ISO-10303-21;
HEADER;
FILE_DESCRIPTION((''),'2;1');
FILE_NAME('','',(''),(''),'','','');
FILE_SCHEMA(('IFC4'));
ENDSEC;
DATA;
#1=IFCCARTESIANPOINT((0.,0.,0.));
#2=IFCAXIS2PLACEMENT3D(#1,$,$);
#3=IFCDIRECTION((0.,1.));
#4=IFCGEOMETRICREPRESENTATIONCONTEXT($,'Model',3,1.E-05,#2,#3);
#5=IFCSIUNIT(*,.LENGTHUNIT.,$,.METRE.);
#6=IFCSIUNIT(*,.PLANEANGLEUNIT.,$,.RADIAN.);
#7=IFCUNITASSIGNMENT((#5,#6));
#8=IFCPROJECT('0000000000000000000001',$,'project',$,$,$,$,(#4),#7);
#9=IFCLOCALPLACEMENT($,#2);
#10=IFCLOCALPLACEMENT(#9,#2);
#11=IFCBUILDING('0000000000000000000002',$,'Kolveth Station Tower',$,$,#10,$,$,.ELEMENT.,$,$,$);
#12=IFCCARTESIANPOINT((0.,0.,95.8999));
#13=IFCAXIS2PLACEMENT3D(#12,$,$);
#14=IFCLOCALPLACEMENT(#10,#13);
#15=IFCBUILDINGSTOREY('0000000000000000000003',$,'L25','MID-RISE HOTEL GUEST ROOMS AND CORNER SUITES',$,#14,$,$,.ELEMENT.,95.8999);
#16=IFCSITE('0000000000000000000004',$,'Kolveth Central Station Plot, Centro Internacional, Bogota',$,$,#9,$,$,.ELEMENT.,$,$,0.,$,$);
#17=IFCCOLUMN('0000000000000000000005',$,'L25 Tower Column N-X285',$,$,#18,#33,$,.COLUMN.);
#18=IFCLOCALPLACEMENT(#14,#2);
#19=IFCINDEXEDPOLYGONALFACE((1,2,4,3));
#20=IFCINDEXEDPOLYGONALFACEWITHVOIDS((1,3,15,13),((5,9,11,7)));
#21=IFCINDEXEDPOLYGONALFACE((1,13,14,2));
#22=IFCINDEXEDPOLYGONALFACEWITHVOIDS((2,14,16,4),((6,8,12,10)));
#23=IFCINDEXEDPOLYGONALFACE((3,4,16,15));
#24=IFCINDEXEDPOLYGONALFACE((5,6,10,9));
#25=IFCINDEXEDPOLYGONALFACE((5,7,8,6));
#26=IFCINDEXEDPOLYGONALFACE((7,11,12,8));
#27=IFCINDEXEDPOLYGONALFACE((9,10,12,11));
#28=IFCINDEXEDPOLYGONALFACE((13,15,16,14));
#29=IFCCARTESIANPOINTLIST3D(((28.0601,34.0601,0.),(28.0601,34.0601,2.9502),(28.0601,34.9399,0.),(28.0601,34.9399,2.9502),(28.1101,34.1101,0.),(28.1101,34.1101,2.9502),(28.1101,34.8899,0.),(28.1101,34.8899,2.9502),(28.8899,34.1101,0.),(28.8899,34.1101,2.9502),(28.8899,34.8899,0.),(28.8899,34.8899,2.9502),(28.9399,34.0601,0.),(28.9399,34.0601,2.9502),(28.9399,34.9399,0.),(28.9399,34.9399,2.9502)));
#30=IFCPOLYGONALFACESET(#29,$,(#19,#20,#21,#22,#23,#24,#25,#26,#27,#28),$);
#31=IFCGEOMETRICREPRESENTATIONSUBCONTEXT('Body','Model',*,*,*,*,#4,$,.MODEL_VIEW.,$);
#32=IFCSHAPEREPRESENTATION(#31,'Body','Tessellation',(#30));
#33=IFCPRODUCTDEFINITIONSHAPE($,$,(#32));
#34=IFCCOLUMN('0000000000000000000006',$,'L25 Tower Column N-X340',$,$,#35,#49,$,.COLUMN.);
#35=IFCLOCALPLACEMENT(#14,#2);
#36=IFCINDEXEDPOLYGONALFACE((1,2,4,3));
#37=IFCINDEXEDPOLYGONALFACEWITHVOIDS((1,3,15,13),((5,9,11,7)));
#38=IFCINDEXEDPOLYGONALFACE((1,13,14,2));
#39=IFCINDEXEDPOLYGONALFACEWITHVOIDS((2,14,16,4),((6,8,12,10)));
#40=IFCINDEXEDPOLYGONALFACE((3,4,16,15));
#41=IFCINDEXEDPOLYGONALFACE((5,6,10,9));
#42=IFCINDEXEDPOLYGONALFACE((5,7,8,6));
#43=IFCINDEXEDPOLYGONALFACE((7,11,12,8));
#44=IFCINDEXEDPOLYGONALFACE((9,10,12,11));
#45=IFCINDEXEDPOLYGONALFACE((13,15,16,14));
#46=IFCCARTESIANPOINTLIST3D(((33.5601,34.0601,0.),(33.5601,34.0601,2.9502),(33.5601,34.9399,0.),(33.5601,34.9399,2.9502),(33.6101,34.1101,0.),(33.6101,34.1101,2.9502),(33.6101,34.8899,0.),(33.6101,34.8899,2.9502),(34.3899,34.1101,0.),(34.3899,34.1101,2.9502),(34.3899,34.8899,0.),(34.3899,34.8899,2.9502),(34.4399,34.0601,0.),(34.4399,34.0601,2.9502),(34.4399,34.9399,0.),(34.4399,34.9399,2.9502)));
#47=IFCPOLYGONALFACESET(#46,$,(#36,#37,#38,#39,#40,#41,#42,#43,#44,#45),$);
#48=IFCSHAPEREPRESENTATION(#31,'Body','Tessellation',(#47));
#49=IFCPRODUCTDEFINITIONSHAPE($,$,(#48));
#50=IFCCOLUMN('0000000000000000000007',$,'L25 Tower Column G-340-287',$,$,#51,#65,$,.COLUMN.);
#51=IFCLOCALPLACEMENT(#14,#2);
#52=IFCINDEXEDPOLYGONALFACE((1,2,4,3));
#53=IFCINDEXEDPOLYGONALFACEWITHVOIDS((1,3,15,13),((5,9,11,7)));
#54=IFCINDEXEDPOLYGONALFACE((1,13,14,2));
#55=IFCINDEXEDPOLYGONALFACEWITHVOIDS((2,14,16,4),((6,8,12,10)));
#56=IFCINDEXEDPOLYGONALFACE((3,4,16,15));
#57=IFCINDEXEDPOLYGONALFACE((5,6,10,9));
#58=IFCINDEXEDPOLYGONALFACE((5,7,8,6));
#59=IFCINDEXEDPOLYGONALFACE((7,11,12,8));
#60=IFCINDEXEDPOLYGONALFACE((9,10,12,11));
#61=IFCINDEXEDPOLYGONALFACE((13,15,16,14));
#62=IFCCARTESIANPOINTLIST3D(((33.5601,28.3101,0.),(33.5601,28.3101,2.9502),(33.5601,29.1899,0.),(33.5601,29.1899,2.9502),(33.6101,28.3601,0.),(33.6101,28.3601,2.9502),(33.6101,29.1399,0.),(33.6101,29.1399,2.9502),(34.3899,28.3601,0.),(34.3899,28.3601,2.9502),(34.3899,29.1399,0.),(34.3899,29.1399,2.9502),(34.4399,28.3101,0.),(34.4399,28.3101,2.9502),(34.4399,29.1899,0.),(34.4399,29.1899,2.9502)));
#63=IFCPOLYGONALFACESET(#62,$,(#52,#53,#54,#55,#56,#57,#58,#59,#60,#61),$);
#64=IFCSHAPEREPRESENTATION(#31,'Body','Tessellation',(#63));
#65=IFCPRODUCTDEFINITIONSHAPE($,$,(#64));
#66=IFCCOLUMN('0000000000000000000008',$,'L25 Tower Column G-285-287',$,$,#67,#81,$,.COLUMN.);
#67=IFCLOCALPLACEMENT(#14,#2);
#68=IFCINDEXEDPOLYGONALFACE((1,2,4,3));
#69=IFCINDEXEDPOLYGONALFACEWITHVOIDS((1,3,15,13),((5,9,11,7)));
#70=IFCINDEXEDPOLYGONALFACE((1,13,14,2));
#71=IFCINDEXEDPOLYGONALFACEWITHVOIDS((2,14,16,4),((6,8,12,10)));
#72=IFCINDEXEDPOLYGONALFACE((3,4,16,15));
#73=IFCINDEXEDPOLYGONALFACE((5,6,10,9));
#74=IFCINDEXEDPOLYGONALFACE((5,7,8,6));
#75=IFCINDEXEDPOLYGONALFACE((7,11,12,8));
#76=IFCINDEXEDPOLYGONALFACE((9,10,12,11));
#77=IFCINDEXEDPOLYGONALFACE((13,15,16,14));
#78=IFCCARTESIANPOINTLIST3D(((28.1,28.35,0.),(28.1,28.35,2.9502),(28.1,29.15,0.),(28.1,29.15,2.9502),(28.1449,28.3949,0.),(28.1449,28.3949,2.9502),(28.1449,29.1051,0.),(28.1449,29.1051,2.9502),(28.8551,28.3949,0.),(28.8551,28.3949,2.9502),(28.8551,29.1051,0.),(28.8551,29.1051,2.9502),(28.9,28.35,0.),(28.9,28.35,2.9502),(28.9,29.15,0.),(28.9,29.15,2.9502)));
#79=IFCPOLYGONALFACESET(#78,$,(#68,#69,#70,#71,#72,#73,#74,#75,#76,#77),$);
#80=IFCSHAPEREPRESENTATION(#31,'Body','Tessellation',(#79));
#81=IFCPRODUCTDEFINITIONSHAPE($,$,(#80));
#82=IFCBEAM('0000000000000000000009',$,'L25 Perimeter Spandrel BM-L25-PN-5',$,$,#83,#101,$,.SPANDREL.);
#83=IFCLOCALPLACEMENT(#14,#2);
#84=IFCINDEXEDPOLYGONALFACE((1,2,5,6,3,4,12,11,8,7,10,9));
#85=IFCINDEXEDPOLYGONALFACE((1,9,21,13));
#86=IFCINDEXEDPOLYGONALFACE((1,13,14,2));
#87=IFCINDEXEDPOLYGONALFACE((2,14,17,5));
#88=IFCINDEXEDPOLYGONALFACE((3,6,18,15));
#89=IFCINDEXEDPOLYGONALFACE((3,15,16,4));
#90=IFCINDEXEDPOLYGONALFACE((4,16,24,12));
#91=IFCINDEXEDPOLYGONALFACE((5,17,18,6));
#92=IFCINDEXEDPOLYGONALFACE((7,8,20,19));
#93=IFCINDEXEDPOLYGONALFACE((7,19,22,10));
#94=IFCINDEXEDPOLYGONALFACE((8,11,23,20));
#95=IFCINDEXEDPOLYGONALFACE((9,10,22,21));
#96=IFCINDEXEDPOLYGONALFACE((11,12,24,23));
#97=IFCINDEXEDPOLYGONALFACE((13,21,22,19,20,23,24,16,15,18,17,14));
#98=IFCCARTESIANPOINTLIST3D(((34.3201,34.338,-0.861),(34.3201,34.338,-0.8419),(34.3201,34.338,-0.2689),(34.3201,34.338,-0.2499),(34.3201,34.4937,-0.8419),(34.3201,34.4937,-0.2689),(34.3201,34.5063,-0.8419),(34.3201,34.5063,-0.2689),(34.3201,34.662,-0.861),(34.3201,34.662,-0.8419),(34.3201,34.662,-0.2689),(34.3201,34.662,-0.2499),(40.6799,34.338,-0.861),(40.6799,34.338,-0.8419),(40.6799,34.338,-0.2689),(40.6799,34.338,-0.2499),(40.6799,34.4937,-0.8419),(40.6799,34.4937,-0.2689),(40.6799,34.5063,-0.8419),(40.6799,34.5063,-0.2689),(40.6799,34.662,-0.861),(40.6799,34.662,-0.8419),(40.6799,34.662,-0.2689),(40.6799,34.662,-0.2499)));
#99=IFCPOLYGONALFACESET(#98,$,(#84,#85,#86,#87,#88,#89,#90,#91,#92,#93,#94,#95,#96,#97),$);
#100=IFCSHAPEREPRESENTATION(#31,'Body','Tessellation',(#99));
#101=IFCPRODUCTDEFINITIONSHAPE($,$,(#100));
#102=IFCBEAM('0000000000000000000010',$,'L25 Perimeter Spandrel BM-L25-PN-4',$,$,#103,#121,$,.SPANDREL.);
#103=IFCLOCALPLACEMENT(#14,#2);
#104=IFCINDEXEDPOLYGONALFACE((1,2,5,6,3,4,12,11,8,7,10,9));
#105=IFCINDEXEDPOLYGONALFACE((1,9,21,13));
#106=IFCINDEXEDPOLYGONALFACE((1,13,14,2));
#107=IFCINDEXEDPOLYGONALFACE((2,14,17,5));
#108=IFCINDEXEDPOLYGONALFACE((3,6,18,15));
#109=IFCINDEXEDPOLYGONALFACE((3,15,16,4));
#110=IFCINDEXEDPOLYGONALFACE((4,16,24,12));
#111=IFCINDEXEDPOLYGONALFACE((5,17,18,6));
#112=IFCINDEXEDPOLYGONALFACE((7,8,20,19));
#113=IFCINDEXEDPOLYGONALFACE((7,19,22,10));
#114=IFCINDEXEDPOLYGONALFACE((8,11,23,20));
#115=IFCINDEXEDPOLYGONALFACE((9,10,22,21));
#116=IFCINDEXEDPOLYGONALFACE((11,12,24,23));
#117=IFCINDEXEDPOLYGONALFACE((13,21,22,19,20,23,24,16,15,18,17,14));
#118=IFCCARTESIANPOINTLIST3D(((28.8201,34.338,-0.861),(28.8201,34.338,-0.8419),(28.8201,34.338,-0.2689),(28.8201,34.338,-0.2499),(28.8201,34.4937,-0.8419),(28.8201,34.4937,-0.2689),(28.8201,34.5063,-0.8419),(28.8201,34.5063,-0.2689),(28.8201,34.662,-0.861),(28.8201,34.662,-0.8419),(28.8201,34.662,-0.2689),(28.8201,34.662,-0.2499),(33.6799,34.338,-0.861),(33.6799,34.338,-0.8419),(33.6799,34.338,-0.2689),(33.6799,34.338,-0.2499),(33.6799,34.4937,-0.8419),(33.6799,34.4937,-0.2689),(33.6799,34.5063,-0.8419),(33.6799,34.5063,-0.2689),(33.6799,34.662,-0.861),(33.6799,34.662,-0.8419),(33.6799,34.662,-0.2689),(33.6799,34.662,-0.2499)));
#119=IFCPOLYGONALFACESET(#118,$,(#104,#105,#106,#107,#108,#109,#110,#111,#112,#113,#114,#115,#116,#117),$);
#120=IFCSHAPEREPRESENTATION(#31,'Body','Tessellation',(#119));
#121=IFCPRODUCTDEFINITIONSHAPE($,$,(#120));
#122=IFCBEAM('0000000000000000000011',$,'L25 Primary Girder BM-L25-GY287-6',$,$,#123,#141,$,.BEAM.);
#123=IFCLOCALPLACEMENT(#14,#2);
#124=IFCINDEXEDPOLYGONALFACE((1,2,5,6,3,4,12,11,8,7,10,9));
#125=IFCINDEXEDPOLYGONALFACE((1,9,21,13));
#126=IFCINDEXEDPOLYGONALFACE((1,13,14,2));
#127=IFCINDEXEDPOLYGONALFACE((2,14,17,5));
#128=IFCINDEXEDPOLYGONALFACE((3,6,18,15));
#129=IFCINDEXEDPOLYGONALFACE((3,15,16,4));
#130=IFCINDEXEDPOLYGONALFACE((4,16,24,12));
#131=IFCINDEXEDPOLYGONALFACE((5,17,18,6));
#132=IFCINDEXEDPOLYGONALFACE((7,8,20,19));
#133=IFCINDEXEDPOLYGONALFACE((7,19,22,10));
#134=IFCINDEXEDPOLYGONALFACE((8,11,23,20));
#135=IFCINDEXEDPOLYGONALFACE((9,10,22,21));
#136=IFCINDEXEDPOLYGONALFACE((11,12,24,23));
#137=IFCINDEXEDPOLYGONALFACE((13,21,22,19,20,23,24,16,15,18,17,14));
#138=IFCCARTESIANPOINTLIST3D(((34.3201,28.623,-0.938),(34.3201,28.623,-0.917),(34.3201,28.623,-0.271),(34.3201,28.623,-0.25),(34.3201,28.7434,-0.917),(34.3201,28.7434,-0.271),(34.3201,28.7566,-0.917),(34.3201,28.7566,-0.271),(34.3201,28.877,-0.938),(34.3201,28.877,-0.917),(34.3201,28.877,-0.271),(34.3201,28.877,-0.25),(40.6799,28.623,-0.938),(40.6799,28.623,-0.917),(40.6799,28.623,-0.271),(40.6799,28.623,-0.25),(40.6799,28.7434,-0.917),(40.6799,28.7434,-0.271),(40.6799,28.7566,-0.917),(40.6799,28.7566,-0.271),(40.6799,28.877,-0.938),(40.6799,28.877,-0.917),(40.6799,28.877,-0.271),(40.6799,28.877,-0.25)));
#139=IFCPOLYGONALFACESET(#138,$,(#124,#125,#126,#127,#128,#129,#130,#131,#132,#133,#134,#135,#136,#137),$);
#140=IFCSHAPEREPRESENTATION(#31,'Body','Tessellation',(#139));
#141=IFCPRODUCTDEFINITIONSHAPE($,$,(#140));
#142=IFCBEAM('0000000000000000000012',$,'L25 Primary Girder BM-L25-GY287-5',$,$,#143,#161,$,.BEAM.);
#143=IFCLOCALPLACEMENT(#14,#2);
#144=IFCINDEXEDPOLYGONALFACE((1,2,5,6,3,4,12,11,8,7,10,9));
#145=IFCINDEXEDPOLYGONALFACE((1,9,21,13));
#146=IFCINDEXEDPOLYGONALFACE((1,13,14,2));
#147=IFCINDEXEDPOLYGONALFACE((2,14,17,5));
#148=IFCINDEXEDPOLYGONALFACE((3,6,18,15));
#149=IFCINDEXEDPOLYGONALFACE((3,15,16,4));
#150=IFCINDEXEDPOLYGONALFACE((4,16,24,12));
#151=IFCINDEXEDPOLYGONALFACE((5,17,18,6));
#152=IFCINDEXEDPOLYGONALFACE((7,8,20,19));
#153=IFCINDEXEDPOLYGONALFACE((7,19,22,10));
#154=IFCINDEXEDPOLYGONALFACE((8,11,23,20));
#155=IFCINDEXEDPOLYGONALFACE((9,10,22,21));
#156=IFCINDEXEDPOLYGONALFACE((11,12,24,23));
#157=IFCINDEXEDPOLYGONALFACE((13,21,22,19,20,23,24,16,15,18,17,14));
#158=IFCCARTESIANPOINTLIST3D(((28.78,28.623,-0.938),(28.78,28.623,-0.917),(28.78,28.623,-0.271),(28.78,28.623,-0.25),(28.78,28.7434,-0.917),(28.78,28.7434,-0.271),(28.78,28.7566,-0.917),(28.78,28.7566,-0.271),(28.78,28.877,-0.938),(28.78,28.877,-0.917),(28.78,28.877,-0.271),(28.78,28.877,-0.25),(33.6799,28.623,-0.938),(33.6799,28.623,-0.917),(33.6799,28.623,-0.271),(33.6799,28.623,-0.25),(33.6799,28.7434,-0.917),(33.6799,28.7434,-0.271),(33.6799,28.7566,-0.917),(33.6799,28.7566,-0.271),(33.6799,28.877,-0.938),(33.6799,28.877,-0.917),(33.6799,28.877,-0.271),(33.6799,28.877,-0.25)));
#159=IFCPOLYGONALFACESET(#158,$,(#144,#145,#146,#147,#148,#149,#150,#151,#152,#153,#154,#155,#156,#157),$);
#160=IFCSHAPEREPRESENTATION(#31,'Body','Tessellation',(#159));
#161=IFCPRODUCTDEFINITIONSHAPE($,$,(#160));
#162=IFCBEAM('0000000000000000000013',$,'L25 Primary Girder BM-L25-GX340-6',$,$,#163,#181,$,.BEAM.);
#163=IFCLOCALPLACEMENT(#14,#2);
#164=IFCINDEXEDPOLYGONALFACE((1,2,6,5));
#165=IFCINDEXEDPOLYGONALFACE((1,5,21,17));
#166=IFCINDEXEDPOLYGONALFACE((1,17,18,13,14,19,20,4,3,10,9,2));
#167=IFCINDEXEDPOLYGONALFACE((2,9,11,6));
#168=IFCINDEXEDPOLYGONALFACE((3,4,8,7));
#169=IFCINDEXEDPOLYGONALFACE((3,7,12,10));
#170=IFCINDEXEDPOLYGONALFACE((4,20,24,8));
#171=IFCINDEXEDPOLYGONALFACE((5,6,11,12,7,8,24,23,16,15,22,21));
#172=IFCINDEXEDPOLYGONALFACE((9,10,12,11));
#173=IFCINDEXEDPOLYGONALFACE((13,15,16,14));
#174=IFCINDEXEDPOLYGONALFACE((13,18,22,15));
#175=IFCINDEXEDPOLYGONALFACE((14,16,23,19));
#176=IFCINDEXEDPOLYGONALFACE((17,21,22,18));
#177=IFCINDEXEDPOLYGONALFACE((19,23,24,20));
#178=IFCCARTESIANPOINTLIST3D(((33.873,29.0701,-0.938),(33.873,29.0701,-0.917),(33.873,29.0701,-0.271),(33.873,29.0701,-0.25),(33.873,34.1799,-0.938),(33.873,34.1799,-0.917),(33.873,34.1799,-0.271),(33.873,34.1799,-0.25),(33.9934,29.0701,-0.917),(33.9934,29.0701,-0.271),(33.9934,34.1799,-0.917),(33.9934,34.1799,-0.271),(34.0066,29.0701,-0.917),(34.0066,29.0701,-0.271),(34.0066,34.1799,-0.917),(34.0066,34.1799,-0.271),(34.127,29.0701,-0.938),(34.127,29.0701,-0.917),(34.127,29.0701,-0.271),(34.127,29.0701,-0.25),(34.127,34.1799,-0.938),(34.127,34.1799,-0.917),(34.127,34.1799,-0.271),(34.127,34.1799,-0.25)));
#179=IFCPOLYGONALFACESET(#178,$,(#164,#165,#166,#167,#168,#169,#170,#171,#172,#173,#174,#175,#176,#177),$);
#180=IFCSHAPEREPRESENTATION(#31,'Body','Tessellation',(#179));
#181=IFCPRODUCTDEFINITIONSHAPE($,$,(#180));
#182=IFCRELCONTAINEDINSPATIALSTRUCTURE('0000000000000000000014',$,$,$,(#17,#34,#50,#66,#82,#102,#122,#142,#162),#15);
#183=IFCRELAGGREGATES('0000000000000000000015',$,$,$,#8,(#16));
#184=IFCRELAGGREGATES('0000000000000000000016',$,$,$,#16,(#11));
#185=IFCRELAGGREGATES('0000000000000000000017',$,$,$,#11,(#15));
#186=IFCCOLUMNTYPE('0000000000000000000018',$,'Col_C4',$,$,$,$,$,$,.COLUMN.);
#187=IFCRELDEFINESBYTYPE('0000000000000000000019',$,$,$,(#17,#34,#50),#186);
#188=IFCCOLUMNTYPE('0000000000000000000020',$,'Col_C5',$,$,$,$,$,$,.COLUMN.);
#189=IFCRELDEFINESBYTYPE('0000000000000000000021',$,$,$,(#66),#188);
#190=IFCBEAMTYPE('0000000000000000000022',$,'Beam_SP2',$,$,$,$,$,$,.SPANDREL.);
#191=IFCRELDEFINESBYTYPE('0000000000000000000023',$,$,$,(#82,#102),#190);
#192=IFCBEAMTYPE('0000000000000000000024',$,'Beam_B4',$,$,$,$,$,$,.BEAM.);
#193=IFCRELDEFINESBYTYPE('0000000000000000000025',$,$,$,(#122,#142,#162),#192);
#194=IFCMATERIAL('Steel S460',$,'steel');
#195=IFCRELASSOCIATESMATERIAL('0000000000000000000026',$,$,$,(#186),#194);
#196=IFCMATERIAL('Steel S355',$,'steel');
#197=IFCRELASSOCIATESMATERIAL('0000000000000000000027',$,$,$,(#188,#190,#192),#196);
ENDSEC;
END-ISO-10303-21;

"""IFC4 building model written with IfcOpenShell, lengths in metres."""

from ifc_helpers import new_model, si_unit, direction, frame, origin, origin_2d, place, context, subcontext, project, spatial, hollow_rectangle, i_section, extrude, source, transform, mapped, material, material_profile, profile_set, type_object, element, save


model = new_model("IFC4")

# Units and contexts
model_context = context("Model", 3, precision=1e-05, world=origin(), true_north=direction((0.0, 1.0)))
body_context = subcontext(model_context, "Body", "Model", "MODEL_VIEW")
ifc_project = project(units=[si_unit("LENGTHUNIT", "METRE"), si_unit("PLANEANGLEUNIT", "RADIAN")], contexts=[model_context])

# Site, building, storey
site_placement = place(None, origin())
site = spatial("IfcSite", under=ifc_project, at=site_placement, Name="Kolveth Central Station Plot, Centro Internacional, Bogota", CompositionType="ELEMENT", RefElevation=0.0)
building_placement = place(site_placement, origin())
building = spatial("IfcBuilding", under=site, at=building_placement, Name="Kolveth Station Tower", CompositionType="ELEMENT")
storey_placement = place(building_placement, frame((0.0, 0.0, 95.8999)))
storey = spatial("IfcBuildingStorey", under=building, at=storey_placement, Name="L25", Description="MID-RISE HOTEL GUEST ROOMS AND CORNER SUITES", CompositionType="ELEMENT", Elevation=95.8999)

# Columns
ifc_material_1 = material(Name="Steel S460", Category="steel")
ifc_material_profile_1 = material_profile(ifc_material_1, hollow_rectangle(XDim=0.8799, YDim=0.8799, WallThickness=0.05, at=origin_2d()), Name="BOX880x880x50")
ifc_profile_set_1 = profile_set([ifc_material_profile_1], Name="Steel S460")
column_type_1 = type_object("IfcColumnType", Name="Col_C4", PredefinedType="COLUMN", material=ifc_profile_set_1)
shared_shape_1 = source(origin(), body_context, "Body", "SweptSolid", [
    extrude(hollow_rectangle(XDim=0.8799, YDim=0.8799, WallThickness=0.05, at=origin_2d()), origin(), (0.0, 0.0, 1.0), 2.9502),
])
for number, where, z_axis, x_axis, name in (
    (1, (28.5, 34.5, 0.0), (0.0, 0.0, 1.0), (1.0, 0.0, 0.0), "L25 Tower Column N-X285"),
    (2, (34.0, 34.5, 0.0), (0.0, 0.0, 1.0), (1.0, 0.0, 0.0), "L25 Tower Column N-X340"),
    (3, (34.0, 28.75, 0.0), (0.0, 0.0, 1.0), (1.0, 0.0, 0.0), "L25 Tower Column G-340-287"),
):
    element("IfcColumn", number, at=place(storey_placement, frame(where, z_axis=z_axis, x_axis=x_axis)), inside=storey, type_object=column_type_1, Name=name, PredefinedType="COLUMN", context=body_context, shape_type="MappedRepresentation", body=[
        mapped(shared_shape_1, transform((0.0, 0.0, 0.0), x_axis=(1.0, 0.0, 0.0), y_axis=(0.0, 1.0, 0.0), z_axis=(0.0, 0.0, 1.0), scale=1.0)),
    ])
ifc_material_2 = material(Name="Steel S355", Category="steel")
ifc_material_profile_2 = material_profile(ifc_material_2, hollow_rectangle(XDim=0.8, YDim=0.8, WallThickness=0.0449, at=origin_2d()), Name="BOX800x800x45")
ifc_profile_set_2 = profile_set([ifc_material_profile_2], Name="Steel S355")
column_type_2 = type_object("IfcColumnType", Name="Col_C5", PredefinedType="COLUMN", material=ifc_profile_set_2)
shared_shape_2 = source(origin(), body_context, "Body", "SweptSolid", [
    extrude(hollow_rectangle(XDim=0.8, YDim=0.8, WallThickness=0.0449, at=origin_2d()), origin(), (0.0, 0.0, 1.0), 2.9502),
])
column_placement = place(storey_placement, frame((28.5, 28.75, 0.0), z_axis=(0.0, 0.0, 1.0), x_axis=(1.0, 0.0, 0.0)))
element("IfcColumn", 4, at=column_placement, inside=storey, type_object=column_type_2, Name="L25 Tower Column G-285-287", PredefinedType="COLUMN", context=body_context, shape_type="MappedRepresentation", body=[
    mapped(shared_shape_2, transform((0.0, 0.0, 0.0), x_axis=(1.0, 0.0, 0.0), y_axis=(0.0, 1.0, 0.0), z_axis=(0.0, 0.0, 1.0), scale=1.0)),
])

# Beams
ifc_material_profile_3 = material_profile(ifc_material_2, i_section(OverallWidth=0.324, OverallDepth=0.6111, WebThickness=0.0127, FlangeThickness=0.019, at=origin_2d()), Name="W610x155")
ifc_profile_set_3 = profile_set([ifc_material_profile_3], Name="Steel S355")
beam_type_1 = type_object("IfcBeamType", Name="Beam_SP2", PredefinedType="SPANDREL", material=ifc_profile_set_3)
shared_shape_3 = source(origin(), body_context, "Body", "SweptSolid", [
    extrude(i_section(OverallWidth=0.324, OverallDepth=0.6111, WebThickness=0.0127, FlangeThickness=0.019, at=origin_2d()), origin(), (0.0, 0.0, 1.0), 6.3599),
])
beam_1_placement = place(storey_placement, frame((34.3201, 34.5, -0.5554), z_axis=(1.0, 0.0, 0.0), x_axis=(0.0, 1.0, 0.0)))
element("IfcBeam", 5, at=beam_1_placement, inside=storey, type_object=beam_type_1, Name="L25 Perimeter Spandrel BM-L25-PN-5", PredefinedType="SPANDREL", context=body_context, shape_type="MappedRepresentation", body=[
    mapped(shared_shape_3, transform((0.0, 0.0, 0.0), x_axis=(1.0, 0.0, 0.0), y_axis=(0.0, 1.0, 0.0), z_axis=(0.0, 0.0, 1.0), scale=1.0)),
])
shared_shape_4 = source(origin(), body_context, "Body", "SweptSolid", [
    extrude(i_section(OverallWidth=0.324, OverallDepth=0.6111, WebThickness=0.0127, FlangeThickness=0.019, at=origin_2d()), origin(), (0.0, 0.0, 1.0), 4.8599),
])
beam_2_placement = place(storey_placement, frame((28.8201, 34.5, -0.5554), z_axis=(1.0, 0.0, 0.0), x_axis=(0.0, 1.0, 0.0)))
element("IfcBeam", 6, at=beam_2_placement, inside=storey, type_object=beam_type_1, Name="L25 Perimeter Spandrel BM-L25-PN-4", PredefinedType="SPANDREL", context=body_context, shape_type="MappedRepresentation", body=[
    mapped(shared_shape_4, transform((0.0, 0.0, 0.0), x_axis=(1.0, 0.0, 0.0), y_axis=(0.0, 1.0, 0.0), z_axis=(0.0, 0.0, 1.0), scale=1.0)),
])
ifc_material_profile_4 = material_profile(ifc_material_2, i_section(OverallWidth=0.2539, OverallDepth=0.688, WebThickness=0.0132, FlangeThickness=0.021, at=origin_2d()), Name="W690x152")
ifc_profile_set_4 = profile_set([ifc_material_profile_4], Name="Steel S355")
beam_type_2 = type_object("IfcBeamType", Name="Beam_B4", PredefinedType="BEAM", material=ifc_profile_set_4)
shared_shape_5 = source(origin(), body_context, "Body", "SweptSolid", [
    extrude(i_section(OverallWidth=0.2539, OverallDepth=0.688, WebThickness=0.0132, FlangeThickness=0.021, at=origin_2d()), origin(), (0.0, 0.0, 1.0), 6.3599),
])
beam_3_placement = place(storey_placement, frame((34.3201, 28.75, -0.594), z_axis=(1.0, 0.0, 0.0), x_axis=(0.0, 1.0, 0.0)))
element("IfcBeam", 7, at=beam_3_placement, inside=storey, type_object=beam_type_2, Name="L25 Primary Girder BM-L25-GY287-6", PredefinedType="BEAM", context=body_context, shape_type="MappedRepresentation", body=[
    mapped(shared_shape_5, transform((0.0, 0.0, 0.0), x_axis=(1.0, 0.0, 0.0), y_axis=(0.0, 1.0, 0.0), z_axis=(0.0, 0.0, 1.0), scale=1.0)),
])
shared_shape_6 = source(origin(), body_context, "Body", "SweptSolid", [
    extrude(i_section(OverallWidth=0.2539, OverallDepth=0.688, WebThickness=0.0132, FlangeThickness=0.021, at=origin_2d()), origin(), (0.0, 0.0, 1.0), 4.8999),
])
beam_4_placement = place(storey_placement, frame((28.78, 28.75, -0.594), z_axis=(1.0, 0.0, 0.0), x_axis=(0.0, 1.0, 0.0)))
element("IfcBeam", 8, at=beam_4_placement, inside=storey, type_object=beam_type_2, Name="L25 Primary Girder BM-L25-GY287-5", PredefinedType="BEAM", context=body_context, shape_type="MappedRepresentation", body=[
    mapped(shared_shape_6, transform((0.0, 0.0, 0.0), x_axis=(1.0, 0.0, 0.0), y_axis=(0.0, 1.0, 0.0), z_axis=(0.0, 0.0, 1.0), scale=1.0)),
])
shared_shape_7 = source(origin(), body_context, "Body", "SweptSolid", [
    extrude(i_section(OverallWidth=0.2539, OverallDepth=0.688, WebThickness=0.0132, FlangeThickness=0.021, at=origin_2d()), origin(), (0.0, 0.0, 1.0), 5.1099),
])
beam_5_placement = place(storey_placement, frame((34.0, 29.0701, -0.594), z_axis=(0.0, 1.0, 0.0), x_axis=(-1.0, 0.0, 0.0)))
element("IfcBeam", 9, at=beam_5_placement, inside=storey, type_object=beam_type_2, Name="L25 Primary Girder BM-L25-GX340-6", PredefinedType="BEAM", context=body_context, shape_type="MappedRepresentation", body=[
    mapped(shared_shape_7, transform((0.0, 0.0, 0.0), x_axis=(1.0, 0.0, 0.0), y_axis=(0.0, 1.0, 0.0), z_axis=(0.0, 0.0, 1.0), scale=1.0)),
])

save(model, "model.ifc")
